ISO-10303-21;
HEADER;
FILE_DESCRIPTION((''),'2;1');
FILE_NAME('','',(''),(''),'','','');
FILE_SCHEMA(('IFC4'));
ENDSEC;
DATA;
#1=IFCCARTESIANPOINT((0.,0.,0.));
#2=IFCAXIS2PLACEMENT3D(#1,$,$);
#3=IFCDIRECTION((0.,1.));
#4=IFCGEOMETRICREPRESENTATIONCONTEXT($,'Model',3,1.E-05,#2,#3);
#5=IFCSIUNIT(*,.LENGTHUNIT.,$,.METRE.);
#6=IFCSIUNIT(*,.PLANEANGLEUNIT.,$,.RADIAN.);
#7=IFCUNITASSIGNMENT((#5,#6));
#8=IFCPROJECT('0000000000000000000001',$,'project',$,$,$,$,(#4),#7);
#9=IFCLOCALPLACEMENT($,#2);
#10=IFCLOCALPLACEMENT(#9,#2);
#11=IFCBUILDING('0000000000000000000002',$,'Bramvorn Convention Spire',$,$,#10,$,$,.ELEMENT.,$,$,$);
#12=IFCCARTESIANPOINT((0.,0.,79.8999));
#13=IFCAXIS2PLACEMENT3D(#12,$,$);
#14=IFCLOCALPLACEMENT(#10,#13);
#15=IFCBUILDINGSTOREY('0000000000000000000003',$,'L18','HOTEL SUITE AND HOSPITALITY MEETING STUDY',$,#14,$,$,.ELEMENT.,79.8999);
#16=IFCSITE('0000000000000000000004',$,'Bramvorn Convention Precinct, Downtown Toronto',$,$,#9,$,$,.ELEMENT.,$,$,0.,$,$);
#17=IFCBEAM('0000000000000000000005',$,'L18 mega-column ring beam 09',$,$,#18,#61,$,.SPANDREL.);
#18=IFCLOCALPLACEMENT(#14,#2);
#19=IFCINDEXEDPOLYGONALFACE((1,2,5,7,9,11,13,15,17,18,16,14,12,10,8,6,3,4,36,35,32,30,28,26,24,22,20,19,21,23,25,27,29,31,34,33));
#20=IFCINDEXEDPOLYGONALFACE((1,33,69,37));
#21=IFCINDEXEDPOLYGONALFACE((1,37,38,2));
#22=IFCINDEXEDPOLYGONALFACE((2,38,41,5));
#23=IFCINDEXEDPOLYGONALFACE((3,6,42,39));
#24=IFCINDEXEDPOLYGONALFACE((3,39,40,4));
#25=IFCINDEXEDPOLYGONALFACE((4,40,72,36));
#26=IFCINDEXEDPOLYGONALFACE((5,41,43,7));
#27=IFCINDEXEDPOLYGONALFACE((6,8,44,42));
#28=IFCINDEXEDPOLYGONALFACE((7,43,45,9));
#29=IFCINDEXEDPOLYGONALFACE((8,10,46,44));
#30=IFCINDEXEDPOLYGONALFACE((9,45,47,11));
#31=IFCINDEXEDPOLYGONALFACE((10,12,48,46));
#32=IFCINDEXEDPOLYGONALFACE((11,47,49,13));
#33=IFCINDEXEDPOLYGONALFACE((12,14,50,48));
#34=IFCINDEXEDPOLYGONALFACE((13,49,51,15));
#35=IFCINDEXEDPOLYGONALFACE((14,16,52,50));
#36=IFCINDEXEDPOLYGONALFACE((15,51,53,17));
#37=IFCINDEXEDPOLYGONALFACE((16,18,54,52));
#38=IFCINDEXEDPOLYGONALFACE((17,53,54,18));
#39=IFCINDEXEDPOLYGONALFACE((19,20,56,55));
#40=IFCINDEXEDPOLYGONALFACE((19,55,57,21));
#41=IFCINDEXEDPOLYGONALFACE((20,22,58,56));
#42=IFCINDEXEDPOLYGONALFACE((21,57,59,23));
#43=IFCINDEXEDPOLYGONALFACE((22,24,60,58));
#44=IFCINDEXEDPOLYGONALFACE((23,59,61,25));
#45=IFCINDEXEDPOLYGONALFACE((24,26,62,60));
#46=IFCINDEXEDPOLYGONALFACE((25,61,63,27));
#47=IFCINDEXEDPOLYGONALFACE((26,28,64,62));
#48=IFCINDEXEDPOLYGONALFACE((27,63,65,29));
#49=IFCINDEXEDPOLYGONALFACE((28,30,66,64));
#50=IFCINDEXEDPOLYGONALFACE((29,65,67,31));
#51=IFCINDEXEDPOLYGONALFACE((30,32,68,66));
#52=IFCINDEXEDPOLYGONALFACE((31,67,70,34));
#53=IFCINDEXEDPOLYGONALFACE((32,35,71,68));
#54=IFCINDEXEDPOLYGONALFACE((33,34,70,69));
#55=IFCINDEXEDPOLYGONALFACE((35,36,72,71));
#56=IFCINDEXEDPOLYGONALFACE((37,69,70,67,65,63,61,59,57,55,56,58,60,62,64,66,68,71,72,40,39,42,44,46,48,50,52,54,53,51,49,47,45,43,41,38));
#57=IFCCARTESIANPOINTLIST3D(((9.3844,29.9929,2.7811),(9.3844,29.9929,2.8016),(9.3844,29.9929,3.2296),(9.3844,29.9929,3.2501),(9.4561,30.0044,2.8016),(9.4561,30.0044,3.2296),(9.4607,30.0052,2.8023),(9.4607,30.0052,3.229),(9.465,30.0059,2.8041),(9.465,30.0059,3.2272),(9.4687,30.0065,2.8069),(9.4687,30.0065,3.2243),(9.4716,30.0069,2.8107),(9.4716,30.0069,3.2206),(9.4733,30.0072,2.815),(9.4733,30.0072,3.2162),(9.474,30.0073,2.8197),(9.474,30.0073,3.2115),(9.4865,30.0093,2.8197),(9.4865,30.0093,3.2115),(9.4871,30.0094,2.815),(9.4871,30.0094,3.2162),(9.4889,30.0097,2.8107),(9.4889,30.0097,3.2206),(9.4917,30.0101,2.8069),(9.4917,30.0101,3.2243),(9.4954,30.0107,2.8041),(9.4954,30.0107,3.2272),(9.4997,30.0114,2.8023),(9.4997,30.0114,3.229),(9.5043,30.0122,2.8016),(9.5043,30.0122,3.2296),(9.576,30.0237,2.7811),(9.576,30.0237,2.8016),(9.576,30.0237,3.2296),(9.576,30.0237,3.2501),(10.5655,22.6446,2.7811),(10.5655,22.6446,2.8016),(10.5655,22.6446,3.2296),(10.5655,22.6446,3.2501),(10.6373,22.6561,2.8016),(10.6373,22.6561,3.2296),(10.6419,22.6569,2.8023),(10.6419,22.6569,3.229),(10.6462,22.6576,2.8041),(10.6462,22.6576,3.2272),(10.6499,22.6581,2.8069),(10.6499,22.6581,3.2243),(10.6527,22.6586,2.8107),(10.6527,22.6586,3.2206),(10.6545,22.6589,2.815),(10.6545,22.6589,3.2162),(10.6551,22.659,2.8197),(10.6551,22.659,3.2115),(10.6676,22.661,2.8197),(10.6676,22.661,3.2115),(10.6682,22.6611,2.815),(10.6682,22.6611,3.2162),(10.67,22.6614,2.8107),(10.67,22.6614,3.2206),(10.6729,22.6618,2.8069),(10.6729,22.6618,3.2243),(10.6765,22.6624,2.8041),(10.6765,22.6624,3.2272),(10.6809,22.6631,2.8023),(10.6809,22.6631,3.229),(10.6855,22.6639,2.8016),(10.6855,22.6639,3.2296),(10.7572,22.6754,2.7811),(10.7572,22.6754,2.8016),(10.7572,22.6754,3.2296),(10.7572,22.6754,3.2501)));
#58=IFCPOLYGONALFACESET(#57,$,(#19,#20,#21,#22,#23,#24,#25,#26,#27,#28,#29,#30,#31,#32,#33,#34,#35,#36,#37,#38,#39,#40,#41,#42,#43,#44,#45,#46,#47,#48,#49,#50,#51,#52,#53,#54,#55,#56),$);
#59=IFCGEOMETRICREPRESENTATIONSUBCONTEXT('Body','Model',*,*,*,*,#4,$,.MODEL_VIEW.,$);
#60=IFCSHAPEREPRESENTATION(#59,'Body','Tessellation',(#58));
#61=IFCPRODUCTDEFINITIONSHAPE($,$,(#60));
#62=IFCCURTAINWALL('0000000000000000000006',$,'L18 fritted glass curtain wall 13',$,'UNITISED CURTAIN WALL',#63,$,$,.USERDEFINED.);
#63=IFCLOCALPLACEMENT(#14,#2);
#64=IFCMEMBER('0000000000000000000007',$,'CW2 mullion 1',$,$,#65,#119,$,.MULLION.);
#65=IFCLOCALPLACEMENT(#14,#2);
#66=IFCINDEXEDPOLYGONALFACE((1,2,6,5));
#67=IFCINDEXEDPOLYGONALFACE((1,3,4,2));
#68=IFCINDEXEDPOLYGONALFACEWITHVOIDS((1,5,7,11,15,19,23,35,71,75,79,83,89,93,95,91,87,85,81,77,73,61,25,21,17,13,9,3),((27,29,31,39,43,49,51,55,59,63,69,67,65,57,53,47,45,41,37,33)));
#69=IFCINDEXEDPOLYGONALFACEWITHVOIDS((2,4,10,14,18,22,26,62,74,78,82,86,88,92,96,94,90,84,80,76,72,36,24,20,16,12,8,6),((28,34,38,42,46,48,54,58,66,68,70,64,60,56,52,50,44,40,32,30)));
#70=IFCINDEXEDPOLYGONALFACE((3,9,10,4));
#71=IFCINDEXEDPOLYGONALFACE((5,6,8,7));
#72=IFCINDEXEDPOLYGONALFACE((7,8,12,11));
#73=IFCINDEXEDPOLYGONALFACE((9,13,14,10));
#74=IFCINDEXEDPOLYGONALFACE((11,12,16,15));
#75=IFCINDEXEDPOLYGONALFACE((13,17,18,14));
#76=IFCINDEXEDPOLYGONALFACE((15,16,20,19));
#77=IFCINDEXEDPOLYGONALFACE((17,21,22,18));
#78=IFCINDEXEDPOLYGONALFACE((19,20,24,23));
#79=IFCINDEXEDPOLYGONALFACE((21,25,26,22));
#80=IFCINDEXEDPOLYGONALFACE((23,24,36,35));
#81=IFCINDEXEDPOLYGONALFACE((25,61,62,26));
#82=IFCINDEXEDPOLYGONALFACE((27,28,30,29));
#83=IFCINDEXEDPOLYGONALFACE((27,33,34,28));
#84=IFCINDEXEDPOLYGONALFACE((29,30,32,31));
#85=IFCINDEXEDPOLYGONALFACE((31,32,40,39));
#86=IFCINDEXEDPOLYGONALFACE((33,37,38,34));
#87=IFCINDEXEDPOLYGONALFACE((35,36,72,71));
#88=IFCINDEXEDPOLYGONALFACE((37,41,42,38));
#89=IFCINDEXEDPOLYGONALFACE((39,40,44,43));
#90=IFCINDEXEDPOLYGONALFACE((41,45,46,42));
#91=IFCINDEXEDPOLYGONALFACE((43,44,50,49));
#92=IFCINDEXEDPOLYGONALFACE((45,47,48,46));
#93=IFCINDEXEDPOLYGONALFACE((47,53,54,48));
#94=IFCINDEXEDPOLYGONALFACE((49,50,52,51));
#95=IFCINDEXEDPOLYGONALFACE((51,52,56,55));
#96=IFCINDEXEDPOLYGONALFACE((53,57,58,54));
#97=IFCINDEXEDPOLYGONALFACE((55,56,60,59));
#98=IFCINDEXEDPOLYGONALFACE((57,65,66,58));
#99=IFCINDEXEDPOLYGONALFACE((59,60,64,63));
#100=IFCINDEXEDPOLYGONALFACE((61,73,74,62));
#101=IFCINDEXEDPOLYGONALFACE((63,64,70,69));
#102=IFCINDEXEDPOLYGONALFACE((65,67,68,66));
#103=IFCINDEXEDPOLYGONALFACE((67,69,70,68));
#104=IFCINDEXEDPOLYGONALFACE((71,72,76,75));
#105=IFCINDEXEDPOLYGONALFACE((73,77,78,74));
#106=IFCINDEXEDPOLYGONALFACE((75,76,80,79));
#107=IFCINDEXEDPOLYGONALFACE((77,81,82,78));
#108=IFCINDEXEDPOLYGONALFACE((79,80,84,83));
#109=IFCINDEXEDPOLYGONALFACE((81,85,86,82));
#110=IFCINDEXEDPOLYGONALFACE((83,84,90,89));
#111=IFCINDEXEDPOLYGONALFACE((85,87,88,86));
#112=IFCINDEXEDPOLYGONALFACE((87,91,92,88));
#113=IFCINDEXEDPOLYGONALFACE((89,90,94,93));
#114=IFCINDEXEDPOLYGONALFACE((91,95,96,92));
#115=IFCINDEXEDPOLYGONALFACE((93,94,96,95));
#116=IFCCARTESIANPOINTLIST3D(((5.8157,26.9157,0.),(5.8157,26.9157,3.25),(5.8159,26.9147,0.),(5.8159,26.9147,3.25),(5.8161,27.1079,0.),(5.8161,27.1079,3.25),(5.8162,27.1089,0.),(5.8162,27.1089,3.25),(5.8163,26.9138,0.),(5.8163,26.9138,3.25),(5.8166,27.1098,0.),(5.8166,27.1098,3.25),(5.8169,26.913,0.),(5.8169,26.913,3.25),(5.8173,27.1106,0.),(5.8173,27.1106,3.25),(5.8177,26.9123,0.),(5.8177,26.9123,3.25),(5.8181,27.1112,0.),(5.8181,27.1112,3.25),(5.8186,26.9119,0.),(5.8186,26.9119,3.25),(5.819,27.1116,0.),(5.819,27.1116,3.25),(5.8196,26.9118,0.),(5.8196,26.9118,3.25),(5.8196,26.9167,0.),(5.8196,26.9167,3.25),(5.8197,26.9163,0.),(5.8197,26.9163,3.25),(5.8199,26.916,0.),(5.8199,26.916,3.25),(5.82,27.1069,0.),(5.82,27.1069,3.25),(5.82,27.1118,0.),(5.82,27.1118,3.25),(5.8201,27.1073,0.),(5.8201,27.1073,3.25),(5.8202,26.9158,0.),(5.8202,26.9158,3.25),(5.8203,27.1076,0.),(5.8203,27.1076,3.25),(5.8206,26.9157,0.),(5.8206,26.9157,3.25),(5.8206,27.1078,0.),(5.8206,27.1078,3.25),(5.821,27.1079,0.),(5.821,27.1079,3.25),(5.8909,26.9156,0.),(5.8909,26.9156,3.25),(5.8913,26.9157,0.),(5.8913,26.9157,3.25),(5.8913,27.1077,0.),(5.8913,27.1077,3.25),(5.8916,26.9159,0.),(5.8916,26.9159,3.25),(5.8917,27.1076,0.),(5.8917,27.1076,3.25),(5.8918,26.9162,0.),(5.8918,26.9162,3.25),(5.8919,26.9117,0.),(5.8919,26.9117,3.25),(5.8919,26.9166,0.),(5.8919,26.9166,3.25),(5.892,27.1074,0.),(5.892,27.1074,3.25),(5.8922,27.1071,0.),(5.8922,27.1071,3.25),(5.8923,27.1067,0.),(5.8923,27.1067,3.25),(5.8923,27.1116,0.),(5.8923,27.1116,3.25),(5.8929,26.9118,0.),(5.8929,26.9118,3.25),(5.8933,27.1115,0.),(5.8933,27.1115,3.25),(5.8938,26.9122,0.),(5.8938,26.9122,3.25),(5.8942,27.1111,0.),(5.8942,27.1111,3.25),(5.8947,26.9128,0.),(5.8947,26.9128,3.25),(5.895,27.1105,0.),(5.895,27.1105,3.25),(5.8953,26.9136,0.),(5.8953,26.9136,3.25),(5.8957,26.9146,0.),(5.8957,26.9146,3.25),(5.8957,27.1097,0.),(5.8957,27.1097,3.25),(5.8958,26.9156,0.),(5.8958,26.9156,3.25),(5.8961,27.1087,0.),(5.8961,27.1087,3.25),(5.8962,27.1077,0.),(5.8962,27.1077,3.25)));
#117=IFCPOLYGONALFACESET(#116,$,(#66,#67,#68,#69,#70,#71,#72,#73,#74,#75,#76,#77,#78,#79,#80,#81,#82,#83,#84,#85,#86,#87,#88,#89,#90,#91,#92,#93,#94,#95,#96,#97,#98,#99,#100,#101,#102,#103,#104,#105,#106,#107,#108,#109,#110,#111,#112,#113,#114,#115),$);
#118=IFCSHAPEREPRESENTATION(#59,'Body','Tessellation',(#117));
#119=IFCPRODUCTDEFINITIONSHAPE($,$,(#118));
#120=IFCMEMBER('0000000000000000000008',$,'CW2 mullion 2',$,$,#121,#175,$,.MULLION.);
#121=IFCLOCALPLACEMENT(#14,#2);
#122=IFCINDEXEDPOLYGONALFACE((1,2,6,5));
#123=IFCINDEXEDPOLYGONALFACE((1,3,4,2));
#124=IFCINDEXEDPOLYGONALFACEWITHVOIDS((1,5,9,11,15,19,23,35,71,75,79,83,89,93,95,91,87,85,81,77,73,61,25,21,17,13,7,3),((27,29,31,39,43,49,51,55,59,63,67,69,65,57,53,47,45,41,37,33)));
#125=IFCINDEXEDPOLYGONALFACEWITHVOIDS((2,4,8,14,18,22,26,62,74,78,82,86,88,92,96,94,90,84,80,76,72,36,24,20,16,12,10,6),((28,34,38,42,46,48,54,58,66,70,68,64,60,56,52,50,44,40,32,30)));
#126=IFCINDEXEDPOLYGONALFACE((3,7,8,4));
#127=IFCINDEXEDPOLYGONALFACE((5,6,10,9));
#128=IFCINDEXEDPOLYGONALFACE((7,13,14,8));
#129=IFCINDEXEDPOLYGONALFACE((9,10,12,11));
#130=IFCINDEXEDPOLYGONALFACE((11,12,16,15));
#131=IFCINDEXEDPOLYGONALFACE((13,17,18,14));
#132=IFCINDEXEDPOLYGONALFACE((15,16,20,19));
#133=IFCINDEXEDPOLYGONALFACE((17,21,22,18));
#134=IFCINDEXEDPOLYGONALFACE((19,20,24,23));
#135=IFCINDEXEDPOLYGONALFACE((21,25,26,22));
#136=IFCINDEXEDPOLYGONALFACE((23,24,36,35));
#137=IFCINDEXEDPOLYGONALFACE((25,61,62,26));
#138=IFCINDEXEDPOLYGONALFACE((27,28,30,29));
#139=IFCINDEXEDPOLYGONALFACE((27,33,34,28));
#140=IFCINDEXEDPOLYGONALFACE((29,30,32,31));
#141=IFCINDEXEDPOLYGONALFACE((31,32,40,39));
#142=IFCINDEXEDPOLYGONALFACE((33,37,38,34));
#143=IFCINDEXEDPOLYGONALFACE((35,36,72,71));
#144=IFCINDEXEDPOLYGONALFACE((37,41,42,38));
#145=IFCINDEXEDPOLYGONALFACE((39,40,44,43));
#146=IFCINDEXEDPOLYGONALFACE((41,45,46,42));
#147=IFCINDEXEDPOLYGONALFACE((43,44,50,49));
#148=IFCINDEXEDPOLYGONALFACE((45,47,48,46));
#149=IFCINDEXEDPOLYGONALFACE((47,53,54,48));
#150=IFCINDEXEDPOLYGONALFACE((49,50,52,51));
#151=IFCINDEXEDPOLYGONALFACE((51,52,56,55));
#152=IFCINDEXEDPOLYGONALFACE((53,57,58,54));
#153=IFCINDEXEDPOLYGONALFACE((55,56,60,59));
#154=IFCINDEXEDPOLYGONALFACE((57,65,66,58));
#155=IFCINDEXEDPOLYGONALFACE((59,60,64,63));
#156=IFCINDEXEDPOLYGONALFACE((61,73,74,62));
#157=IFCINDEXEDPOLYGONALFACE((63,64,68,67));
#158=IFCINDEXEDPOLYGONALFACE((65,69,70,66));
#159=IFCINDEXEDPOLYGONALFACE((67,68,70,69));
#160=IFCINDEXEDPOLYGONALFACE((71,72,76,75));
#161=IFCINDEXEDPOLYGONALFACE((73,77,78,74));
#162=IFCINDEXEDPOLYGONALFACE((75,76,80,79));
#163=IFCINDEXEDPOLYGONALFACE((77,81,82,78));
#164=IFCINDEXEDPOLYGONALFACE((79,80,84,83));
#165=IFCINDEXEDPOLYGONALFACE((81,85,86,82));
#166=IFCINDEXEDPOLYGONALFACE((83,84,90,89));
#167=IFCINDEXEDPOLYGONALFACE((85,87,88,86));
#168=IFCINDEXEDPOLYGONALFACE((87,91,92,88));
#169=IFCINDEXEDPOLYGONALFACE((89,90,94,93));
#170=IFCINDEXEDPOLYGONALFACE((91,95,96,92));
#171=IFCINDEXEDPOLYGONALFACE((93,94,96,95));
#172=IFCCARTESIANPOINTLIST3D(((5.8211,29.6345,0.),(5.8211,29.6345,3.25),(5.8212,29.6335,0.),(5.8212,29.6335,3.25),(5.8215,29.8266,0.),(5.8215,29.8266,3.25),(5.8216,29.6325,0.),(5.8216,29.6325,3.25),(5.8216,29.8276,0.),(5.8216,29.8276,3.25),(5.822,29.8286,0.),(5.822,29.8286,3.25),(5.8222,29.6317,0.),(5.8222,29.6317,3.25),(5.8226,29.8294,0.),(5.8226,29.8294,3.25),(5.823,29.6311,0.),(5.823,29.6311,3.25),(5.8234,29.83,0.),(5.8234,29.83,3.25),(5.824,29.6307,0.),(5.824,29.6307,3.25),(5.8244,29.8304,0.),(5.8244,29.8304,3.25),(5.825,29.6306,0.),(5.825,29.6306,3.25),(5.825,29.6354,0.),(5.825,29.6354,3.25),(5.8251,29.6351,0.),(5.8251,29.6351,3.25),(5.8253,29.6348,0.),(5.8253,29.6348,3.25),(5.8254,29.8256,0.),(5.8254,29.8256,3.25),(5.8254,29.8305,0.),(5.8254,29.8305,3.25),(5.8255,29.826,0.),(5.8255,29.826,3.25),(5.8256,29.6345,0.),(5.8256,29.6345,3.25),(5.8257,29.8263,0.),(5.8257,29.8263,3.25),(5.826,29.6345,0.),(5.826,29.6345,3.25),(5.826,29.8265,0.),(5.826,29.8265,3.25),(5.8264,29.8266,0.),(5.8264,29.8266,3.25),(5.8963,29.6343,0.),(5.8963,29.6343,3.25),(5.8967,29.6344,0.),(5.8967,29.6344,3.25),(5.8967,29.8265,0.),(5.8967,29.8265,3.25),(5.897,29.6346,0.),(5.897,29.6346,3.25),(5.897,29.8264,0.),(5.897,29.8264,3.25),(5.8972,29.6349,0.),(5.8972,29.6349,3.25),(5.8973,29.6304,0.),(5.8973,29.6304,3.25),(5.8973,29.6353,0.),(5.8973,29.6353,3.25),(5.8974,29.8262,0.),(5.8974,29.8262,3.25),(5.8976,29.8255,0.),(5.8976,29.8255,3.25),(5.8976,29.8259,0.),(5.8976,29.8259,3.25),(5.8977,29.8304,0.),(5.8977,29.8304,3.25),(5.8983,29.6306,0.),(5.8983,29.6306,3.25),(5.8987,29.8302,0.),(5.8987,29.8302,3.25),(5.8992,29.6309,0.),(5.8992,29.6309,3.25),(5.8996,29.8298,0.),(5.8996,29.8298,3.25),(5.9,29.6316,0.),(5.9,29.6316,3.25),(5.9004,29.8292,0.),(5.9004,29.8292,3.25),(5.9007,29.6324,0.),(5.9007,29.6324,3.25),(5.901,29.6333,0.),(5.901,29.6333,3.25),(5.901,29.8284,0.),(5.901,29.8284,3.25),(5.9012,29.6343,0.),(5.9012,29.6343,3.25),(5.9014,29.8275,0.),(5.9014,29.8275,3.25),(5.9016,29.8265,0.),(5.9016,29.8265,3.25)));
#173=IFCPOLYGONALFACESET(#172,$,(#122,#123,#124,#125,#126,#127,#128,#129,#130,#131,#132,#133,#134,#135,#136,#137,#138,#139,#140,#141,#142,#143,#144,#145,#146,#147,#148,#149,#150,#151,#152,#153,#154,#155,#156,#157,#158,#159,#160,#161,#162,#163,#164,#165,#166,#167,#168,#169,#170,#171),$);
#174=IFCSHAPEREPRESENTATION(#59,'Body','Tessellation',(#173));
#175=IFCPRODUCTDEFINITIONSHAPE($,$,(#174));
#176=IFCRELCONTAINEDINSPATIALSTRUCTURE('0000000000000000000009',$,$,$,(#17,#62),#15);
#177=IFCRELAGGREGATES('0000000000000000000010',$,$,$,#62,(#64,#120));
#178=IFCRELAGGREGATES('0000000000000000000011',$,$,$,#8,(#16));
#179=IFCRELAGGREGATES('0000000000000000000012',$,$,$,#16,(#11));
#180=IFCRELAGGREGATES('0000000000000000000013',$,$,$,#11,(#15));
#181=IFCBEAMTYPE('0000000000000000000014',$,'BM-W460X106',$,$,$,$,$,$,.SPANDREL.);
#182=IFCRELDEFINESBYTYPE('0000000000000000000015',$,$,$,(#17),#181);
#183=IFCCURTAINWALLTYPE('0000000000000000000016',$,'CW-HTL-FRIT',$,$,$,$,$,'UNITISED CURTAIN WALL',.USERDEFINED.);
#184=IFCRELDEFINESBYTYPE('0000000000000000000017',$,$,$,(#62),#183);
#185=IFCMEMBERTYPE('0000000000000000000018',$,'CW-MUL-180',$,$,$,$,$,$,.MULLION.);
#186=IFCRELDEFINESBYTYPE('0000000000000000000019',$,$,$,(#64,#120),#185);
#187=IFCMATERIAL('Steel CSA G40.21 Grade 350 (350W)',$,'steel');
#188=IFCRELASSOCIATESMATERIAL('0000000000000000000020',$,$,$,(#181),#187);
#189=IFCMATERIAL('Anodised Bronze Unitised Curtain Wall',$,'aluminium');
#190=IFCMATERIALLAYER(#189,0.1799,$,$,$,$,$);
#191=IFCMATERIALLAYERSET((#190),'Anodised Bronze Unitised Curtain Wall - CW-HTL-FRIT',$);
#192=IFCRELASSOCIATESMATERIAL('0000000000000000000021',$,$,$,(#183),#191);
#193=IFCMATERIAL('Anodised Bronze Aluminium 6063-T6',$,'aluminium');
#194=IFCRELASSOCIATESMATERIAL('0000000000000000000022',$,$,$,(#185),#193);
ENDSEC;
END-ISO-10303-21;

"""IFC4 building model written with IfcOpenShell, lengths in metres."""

from ifc_helpers import new_model, si_unit, direction, frame, origin, origin_2d, place, context, subcontext, project, spatial, hollow_rectangle, i_section, extrude, material, layer, layer_set, material_profile, profile_set, type_object, element, aggregate, save


model = new_model("IFC4")

# Units and contexts
model_context = context("Model", 3, precision=1e-05, world=origin(), true_north=direction((0.0, 1.0)))
body_context = subcontext(model_context, "Body", "Model", "MODEL_VIEW")
ifc_project = project(units=[si_unit("LENGTHUNIT", "METRE"), si_unit("PLANEANGLEUNIT", "RADIAN")], contexts=[model_context])

# Site, building, storey
site_placement = place(None, origin())
site = spatial("IfcSite", under=ifc_project, at=site_placement, Name="Bramvorn Convention Precinct, Downtown Toronto", CompositionType="ELEMENT", RefElevation=0.0)
building_placement = place(site_placement, origin())
building = spatial("IfcBuilding", under=site, at=building_placement, Name="Bramvorn Convention Spire", CompositionType="ELEMENT")
storey_placement = place(building_placement, frame((0.0, 0.0, 79.8999)))
storey = spatial("IfcBuildingStorey", under=building, at=storey_placement, Name="L18", Description="HOTEL SUITE AND HOSPITALITY MEETING STUDY", CompositionType="ELEMENT", Elevation=79.8999)

# Shared definitions
ifc_material_1 = material(Name="Steel CSA G40.21 Grade 350 (350W)", Category="steel")

# Beam
ifc_material_profile_1 = material_profile(ifc_material_1, i_section(OverallWidth=0.1941, OverallDepth=0.469, WebThickness=0.0127, FlangeThickness=0.0205, FilletRadius=0.0181, at=origin_2d()))
ifc_profile_set_1 = profile_set([ifc_material_profile_1], Name="Steel CSA G40.21 Grade 350 (350W) - W460X106")
beam_type_1 = type_object("IfcBeamType", Name="BM-W460X106", PredefinedType="SPANDREL", material=ifc_profile_set_1)
beam_1_placement = place(storey_placement, frame((9.4802, 30.0083, 3.0156), z_axis=(0.158699, -0.987327, 0.0), x_axis=(0.987327, 0.158699, 0.0)))
element("IfcBeam", 1, at=beam_1_placement, inside=storey, type_object=beam_type_1, Name="L18 mega-column ring beam 09", PredefinedType="SPANDREL", context=body_context, shape_type="SweptSolid", body=[
    extrude(i_section(OverallWidth=0.1941, OverallDepth=0.469, WebThickness=0.0127, FlangeThickness=0.0205, FilletRadius=0.0181, at=origin_2d()), origin(), (0.0, 0.0, 1.0), 7.4426),
])

# Curtain wall, members
ifc_material_2 = material(Name="Anodised Bronze Unitised Curtain Wall", Category="aluminium")
ifc_layer_1 = layer(ifc_material_2, 0.1799)
ifc_layer_set_1 = layer_set([ifc_layer_1], Name="Anodised Bronze Unitised Curtain Wall - CW-HTL-FRIT")
curtain_wall_type = type_object("IfcCurtainWallType", Name="CW-HTL-FRIT", ElementType="UNITISED CURTAIN WALL", PredefinedType="USERDEFINED", material=ifc_layer_set_1)
curtain_wall_1_placement = place(storey_placement, origin())
curtain_wall_1 = element("IfcCurtainWall", 2, at=curtain_wall_1_placement, inside=storey, type_object=curtain_wall_type, Name="L18 fritted glass curtain wall 13", ObjectType="UNITISED CURTAIN WALL", PredefinedType="USERDEFINED")
ifc_material_3 = material(Name="Anodised Bronze Aluminium 6063-T6", Category="aluminium")
ifc_material_profile_2 = material_profile(ifc_material_3, hollow_rectangle(XDim=0.0801, YDim=0.2, WallThickness=0.0039, InnerFilletRadius=0.001, OuterFilletRadius=0.0039, at=origin_2d()))
ifc_profile_set_2 = profile_set([ifc_material_profile_2], Name="Anodised Bronze Aluminium 6063-T6 - CWM80X200")
member_type_1 = type_object("IfcMemberType", Name="CW-MUL-180", PredefinedType="MULLION", material=ifc_profile_set_2)
member_1_placement = place(storey_placement, frame((5.856, 27.0117, 0.0), z_axis=(0.0, 0.0, 1.0), x_axis=(-0.999998, 0.001946, 0.0)))
member_1 = element("IfcMember", 3, at=member_1_placement, type_object=member_type_1, Name="CW2 mullion 1", PredefinedType="MULLION", context=body_context, shape_type="SweptSolid", body=[
    extrude(hollow_rectangle(XDim=0.0801, YDim=0.2, WallThickness=0.0039, InnerFilletRadius=0.001, OuterFilletRadius=0.0039, at=origin_2d()), origin(), (0.0, 0.0, 1.0), 3.25),
])
member_2_placement = place(storey_placement, frame((5.8613, 29.7305, 0.0), z_axis=(0.0, 0.0, 1.0), x_axis=(-0.999998, 0.001946, 0.0)))
member_2 = element("IfcMember", 4, at=member_2_placement, type_object=member_type_1, Name="CW2 mullion 2", PredefinedType="MULLION", context=body_context, shape_type="SweptSolid", body=[
    extrude(hollow_rectangle(XDim=0.0801, YDim=0.2, WallThickness=0.0039, InnerFilletRadius=0.001, OuterFilletRadius=0.0039, at=origin_2d()), origin(), (0.0, 0.0, 1.0), 3.25),
])

aggregate(curtain_wall_1, [member_1, member_2])

save(model, "model.ifc")
